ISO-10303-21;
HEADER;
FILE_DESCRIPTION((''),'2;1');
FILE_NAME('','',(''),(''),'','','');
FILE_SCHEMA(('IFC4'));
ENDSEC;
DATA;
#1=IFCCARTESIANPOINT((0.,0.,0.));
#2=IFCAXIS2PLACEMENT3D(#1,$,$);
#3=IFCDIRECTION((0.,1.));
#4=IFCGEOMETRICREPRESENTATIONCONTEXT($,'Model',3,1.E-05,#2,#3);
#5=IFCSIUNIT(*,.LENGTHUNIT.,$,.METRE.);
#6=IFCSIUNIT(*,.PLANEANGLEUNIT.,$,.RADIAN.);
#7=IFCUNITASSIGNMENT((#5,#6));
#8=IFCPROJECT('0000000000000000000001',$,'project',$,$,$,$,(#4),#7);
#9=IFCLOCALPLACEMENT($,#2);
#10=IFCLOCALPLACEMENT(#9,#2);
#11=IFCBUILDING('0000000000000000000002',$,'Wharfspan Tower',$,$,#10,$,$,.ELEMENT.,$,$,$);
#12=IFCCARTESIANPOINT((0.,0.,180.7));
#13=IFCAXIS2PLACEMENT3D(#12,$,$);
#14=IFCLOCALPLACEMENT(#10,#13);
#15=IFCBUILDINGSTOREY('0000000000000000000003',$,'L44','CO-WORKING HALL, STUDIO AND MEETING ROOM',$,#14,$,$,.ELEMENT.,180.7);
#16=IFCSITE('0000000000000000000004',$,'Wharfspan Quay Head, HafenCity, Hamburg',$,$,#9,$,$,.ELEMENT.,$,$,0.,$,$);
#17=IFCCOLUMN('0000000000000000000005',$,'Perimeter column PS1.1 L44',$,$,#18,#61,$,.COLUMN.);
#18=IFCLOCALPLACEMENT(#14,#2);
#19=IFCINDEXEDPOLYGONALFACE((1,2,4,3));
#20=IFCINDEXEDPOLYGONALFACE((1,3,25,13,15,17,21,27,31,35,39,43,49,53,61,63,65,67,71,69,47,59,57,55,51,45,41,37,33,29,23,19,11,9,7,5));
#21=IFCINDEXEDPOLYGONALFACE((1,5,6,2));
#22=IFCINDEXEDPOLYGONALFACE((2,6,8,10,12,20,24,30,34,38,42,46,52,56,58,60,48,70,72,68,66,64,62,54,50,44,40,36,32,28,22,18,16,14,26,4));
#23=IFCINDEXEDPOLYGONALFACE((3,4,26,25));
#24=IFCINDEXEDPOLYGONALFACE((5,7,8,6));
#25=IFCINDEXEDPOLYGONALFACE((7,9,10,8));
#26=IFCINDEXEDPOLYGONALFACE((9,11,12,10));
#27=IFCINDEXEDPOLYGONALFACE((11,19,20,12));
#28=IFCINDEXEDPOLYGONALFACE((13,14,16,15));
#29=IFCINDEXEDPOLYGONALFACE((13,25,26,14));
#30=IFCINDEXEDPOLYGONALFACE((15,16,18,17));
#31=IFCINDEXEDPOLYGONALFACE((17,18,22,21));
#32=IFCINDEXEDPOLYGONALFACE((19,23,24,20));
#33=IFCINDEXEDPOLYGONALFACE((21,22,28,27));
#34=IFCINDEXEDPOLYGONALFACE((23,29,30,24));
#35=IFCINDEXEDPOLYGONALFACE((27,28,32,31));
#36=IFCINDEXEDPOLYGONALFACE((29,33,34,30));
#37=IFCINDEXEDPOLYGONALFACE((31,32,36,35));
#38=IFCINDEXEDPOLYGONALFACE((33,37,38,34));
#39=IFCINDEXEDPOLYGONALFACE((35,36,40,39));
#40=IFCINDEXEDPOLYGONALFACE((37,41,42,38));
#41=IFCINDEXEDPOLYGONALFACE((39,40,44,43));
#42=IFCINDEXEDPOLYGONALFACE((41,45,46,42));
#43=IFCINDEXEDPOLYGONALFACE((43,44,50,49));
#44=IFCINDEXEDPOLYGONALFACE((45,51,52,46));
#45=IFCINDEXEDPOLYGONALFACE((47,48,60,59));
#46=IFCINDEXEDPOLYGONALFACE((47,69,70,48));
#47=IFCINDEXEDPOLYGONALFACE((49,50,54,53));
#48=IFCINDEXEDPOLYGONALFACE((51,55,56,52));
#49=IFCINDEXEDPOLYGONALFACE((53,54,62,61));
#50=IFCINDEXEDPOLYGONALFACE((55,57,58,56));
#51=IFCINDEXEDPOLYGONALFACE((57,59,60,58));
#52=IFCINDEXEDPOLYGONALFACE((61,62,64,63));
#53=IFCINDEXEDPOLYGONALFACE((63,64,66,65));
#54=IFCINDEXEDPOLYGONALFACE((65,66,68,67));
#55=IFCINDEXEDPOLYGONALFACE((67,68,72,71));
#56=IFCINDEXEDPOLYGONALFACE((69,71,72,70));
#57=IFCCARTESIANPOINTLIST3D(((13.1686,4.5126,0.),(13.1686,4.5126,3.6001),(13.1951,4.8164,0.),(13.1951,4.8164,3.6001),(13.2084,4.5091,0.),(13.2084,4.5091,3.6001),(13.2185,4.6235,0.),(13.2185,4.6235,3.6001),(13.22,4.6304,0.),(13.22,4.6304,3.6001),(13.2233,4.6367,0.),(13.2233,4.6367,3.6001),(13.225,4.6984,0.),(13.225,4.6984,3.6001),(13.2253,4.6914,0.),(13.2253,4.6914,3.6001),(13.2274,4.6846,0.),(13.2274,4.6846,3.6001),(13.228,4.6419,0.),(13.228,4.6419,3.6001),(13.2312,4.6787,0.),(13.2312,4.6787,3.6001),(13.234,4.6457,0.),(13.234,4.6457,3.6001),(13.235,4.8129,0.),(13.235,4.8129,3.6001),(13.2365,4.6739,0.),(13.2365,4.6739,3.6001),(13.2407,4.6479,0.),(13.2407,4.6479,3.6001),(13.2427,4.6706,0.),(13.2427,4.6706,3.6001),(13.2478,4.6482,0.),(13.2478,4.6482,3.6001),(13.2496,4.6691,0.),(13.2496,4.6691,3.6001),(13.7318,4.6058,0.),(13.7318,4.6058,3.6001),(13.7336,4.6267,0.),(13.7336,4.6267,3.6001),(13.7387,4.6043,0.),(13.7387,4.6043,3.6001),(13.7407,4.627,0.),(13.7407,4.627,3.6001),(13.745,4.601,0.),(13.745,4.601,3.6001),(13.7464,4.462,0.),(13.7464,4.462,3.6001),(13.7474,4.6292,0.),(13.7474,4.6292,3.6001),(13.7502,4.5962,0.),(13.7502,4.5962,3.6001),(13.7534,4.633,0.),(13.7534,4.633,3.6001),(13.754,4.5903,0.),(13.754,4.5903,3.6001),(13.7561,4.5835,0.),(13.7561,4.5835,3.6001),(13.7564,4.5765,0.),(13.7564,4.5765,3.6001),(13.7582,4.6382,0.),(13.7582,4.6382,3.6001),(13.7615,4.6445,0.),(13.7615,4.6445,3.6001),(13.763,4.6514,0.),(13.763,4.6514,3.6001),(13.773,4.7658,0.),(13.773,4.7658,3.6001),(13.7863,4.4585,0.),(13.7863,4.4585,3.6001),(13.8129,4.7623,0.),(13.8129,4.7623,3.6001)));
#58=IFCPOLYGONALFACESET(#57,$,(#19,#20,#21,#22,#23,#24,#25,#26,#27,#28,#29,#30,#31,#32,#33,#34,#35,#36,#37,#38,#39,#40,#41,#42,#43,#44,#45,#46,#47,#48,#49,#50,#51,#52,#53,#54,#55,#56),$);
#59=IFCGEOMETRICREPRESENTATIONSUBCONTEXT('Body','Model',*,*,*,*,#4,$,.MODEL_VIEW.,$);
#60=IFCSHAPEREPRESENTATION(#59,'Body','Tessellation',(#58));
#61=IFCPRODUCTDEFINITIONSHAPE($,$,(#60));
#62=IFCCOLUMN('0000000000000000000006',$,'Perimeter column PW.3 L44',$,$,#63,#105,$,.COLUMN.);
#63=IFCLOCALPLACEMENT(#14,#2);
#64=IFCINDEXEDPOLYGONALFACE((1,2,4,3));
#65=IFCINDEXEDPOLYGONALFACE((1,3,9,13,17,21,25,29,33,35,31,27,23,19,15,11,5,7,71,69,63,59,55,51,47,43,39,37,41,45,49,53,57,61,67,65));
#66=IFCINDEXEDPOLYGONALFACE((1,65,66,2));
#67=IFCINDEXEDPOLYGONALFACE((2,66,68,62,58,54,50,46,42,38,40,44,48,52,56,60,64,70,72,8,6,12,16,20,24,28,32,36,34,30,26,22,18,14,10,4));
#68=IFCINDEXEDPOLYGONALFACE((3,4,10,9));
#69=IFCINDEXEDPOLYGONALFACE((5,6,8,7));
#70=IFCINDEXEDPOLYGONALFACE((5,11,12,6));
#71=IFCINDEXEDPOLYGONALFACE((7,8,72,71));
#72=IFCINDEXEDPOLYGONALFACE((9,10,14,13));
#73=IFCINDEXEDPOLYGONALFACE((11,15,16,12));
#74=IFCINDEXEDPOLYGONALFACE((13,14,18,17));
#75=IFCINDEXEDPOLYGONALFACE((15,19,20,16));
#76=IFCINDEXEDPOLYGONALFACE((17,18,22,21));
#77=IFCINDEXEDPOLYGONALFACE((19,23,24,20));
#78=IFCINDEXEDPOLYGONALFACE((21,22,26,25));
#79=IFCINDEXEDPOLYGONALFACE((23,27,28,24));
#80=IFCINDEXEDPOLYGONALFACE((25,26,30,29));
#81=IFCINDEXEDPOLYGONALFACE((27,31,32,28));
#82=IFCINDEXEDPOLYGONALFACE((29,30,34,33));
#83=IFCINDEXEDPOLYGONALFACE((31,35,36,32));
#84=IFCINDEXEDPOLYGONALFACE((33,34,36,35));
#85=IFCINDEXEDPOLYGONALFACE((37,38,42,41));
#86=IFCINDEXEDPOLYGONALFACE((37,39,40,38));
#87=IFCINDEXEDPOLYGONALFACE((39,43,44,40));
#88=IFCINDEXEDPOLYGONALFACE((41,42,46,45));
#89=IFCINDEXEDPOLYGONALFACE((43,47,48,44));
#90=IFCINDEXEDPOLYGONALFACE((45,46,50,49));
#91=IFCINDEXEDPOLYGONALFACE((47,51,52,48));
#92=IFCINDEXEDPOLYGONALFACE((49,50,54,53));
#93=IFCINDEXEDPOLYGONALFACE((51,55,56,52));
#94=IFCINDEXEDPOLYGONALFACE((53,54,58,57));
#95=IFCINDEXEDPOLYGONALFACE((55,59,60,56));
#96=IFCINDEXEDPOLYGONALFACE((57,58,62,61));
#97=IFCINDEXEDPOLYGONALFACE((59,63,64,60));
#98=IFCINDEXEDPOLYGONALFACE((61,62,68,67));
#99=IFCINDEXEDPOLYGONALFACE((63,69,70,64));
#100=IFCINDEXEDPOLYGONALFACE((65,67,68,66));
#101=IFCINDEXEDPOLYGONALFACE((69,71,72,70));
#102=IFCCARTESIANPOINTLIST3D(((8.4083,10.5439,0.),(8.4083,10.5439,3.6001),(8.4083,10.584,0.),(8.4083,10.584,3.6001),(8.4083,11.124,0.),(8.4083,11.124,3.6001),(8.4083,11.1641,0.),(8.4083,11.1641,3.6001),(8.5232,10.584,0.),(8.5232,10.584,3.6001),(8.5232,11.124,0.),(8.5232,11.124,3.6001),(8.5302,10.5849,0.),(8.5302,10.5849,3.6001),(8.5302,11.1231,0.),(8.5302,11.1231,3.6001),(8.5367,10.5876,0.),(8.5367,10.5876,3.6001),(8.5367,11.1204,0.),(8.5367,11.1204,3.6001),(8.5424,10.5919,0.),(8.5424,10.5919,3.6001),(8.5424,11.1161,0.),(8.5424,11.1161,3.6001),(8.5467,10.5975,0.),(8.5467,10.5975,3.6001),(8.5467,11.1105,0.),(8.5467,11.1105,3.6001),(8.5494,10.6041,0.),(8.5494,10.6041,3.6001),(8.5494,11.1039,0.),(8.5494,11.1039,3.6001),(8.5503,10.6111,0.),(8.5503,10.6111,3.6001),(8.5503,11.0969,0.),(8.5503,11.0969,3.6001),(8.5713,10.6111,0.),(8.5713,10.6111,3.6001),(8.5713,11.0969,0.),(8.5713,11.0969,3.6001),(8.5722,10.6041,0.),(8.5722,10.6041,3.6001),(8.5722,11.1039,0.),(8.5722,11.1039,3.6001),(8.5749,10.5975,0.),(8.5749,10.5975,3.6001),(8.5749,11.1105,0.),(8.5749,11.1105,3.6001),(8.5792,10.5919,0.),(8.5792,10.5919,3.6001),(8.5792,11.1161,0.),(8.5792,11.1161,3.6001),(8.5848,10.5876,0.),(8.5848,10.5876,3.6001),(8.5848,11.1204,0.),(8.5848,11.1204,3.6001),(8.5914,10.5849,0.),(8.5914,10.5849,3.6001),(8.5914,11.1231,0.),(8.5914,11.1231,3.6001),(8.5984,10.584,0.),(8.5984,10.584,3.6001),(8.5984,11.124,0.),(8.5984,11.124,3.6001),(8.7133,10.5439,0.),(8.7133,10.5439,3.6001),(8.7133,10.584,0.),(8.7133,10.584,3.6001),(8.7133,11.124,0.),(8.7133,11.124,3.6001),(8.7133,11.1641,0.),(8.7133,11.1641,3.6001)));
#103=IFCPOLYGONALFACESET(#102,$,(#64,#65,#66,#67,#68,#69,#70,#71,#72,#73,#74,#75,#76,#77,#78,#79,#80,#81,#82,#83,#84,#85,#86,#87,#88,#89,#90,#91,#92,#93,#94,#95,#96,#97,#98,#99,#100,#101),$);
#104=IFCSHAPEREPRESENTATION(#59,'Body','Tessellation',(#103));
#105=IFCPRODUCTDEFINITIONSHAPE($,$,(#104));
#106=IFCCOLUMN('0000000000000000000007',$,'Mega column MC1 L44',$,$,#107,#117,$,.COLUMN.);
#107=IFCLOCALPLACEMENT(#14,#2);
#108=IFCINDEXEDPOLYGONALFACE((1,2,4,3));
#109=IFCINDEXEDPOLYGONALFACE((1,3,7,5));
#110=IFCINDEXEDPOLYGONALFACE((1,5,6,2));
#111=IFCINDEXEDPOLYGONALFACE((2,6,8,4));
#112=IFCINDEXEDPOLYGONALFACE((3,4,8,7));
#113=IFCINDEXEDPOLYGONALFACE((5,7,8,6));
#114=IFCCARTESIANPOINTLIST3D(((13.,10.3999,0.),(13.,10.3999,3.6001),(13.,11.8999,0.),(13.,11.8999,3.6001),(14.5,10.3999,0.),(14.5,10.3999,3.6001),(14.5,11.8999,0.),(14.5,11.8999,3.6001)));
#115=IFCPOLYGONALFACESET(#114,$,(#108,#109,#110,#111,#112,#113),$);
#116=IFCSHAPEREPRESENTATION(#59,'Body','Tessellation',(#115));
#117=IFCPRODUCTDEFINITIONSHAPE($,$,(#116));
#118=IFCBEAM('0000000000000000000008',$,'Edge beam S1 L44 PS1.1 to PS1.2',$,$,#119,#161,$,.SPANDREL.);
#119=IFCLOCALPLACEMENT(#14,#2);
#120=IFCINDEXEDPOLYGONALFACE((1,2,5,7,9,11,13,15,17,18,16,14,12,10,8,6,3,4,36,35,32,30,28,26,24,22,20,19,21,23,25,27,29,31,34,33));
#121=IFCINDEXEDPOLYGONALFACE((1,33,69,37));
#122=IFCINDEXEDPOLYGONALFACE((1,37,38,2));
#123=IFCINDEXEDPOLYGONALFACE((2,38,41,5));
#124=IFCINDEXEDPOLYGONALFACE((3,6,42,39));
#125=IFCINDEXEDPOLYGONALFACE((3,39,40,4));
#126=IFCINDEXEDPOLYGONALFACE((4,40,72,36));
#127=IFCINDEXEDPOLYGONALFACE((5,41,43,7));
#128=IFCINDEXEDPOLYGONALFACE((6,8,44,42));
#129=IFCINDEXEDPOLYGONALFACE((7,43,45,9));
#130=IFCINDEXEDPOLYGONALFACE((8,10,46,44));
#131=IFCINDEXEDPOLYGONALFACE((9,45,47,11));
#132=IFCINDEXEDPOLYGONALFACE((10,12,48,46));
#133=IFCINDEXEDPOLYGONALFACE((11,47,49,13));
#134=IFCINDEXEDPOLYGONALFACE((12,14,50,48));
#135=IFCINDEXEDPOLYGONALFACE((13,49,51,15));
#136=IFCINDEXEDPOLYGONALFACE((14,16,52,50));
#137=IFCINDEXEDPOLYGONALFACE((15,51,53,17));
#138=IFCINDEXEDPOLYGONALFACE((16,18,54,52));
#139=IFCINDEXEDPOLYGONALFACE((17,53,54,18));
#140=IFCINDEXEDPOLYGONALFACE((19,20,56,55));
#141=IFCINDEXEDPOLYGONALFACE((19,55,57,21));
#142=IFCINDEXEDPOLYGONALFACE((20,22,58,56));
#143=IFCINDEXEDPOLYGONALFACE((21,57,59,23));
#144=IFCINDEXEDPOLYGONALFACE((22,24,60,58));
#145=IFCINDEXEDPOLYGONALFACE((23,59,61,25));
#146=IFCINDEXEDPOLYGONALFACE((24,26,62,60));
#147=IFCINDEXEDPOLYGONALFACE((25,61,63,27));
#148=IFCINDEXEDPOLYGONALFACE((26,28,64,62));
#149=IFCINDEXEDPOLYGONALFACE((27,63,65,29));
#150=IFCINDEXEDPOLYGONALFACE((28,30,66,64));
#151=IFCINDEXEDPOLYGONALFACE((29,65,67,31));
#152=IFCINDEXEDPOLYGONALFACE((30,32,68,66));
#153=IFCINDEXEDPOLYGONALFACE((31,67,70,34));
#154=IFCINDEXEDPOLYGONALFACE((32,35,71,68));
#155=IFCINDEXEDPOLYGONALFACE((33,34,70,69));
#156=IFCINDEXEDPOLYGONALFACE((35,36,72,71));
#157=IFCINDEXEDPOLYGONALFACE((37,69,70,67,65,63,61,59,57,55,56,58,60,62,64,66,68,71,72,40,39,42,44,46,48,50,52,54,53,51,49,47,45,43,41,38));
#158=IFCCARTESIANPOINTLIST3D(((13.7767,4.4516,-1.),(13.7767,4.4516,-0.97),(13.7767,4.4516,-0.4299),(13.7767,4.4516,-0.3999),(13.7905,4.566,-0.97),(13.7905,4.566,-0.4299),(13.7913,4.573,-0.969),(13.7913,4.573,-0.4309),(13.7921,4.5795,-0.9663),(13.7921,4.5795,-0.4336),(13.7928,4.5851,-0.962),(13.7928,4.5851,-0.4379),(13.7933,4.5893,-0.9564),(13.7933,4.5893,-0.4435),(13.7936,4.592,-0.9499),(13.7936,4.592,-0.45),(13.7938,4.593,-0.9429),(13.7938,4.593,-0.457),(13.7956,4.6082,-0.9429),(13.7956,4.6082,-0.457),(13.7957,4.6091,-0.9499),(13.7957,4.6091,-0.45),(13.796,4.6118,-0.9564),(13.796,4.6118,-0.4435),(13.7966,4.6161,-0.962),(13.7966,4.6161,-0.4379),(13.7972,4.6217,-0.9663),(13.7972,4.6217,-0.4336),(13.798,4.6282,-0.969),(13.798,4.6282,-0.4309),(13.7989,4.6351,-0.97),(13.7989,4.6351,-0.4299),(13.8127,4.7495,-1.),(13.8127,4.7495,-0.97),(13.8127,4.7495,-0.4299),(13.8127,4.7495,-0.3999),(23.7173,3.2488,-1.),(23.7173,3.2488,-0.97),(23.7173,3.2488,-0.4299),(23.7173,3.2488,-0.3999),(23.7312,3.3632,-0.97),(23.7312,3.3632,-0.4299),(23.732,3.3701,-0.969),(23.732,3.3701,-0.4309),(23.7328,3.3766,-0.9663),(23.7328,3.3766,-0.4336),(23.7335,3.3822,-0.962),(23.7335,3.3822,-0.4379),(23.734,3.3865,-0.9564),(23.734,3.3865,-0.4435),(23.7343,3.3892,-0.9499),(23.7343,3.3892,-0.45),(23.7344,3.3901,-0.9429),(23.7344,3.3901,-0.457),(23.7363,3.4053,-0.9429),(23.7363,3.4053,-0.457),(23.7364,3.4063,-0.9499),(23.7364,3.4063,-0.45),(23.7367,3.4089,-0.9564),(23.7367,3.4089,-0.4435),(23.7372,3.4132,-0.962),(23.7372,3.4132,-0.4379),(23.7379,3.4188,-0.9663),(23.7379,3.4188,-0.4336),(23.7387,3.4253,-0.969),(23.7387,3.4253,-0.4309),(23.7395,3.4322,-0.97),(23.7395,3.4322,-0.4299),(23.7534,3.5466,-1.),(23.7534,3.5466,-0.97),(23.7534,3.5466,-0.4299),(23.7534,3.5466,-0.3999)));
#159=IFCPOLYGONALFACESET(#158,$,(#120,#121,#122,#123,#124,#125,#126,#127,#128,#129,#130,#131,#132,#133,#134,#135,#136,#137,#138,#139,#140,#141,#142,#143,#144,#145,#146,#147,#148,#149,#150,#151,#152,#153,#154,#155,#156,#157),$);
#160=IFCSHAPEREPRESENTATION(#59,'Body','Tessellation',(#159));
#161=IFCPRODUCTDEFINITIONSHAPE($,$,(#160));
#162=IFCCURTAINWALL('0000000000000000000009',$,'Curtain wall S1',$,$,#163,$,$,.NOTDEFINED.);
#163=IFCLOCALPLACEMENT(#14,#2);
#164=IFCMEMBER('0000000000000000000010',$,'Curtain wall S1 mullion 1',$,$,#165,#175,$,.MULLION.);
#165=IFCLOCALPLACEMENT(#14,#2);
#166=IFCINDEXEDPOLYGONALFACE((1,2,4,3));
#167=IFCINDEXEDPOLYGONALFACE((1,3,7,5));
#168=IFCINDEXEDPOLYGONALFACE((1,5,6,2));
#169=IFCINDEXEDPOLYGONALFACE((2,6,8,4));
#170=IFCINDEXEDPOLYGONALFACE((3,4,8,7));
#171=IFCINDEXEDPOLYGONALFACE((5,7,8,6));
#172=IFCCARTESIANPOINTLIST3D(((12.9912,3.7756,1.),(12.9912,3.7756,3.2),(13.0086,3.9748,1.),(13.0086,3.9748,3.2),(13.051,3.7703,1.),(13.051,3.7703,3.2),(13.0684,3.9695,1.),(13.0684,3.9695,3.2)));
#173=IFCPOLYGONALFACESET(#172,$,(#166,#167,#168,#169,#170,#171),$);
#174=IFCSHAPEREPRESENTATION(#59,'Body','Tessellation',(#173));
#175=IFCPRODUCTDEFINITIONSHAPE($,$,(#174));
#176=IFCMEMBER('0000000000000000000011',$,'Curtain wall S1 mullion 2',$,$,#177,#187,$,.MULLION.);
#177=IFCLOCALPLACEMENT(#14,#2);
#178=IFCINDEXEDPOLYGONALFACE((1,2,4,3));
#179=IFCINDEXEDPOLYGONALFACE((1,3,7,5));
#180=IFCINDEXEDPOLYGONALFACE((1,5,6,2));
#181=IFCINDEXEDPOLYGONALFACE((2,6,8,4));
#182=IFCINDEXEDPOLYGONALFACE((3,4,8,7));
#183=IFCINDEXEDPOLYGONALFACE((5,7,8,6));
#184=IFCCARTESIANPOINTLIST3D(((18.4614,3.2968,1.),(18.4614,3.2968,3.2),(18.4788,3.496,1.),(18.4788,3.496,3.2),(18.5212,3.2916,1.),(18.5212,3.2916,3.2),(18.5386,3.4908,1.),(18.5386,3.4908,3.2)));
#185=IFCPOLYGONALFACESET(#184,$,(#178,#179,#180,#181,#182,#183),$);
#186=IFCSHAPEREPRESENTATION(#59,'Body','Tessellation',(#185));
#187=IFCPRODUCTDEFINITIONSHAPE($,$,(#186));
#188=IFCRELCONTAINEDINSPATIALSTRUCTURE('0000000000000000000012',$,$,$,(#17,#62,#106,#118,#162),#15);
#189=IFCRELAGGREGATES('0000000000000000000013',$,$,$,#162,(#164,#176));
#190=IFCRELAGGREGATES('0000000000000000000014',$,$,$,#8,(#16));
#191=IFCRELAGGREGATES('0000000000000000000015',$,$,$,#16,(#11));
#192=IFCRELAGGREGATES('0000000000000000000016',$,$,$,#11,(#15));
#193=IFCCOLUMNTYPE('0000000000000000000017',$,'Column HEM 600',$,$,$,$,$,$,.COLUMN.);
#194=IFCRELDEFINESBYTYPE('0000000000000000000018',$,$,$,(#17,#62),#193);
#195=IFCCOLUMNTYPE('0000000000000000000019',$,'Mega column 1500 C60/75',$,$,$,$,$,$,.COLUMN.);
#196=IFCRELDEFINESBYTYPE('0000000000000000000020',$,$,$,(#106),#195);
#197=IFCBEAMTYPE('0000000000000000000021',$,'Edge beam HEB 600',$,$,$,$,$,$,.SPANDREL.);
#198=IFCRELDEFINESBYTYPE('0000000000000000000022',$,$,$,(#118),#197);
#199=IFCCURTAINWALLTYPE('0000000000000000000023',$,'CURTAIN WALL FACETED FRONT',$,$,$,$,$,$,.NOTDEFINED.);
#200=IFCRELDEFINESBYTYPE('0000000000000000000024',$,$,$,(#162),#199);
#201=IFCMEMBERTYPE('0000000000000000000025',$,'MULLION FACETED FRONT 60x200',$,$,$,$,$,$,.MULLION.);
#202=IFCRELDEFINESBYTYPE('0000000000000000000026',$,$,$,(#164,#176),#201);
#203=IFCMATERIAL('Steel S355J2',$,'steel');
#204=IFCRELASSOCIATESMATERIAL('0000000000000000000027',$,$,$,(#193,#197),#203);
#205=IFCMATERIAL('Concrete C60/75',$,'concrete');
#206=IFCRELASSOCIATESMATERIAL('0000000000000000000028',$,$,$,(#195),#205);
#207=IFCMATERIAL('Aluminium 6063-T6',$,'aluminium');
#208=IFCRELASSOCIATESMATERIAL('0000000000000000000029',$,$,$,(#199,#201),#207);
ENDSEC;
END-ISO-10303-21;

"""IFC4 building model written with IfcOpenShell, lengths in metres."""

from ifc_helpers import new_model, si_unit, direction, frame, origin, origin_2d, place, context, subcontext, project, spatial, rectangle, i_section, extrude, material, material_profile, profile_set, type_object, element, aggregate, save


model = new_model("IFC4")

# Units and contexts
model_context = context("Model", 3, precision=1e-05, world=origin(), true_north=direction((0.0, 1.0)))
body_context = subcontext(model_context, "Body", "Model", "MODEL_VIEW")
ifc_project = project(units=[si_unit("LENGTHUNIT", "METRE"), si_unit("PLANEANGLEUNIT", "RADIAN")], contexts=[model_context])

# Site, building, storey
site_placement = place(None, origin())
site = spatial("IfcSite", under=ifc_project, at=site_placement, Name="Wharfspan Quay Head, HafenCity, Hamburg", CompositionType="ELEMENT", RefElevation=0.0)
building_placement = place(site_placement, origin())
building = spatial("IfcBuilding", under=site, at=building_placement, Name="Wharfspan Tower", CompositionType="ELEMENT")
storey_placement = place(building_placement, frame((0.0, 0.0, 180.7)))
storey = spatial("IfcBuildingStorey", under=building, at=storey_placement, Name="L44", Description="CO-WORKING HALL, STUDIO AND MEETING ROOM", CompositionType="ELEMENT", Elevation=180.7)

# Columns
ifc_material_1 = material(Name="Steel S355J2", Category="steel")
ifc_material_profile_1 = material_profile(ifc_material_1, i_section(OverallWidth=0.3049, OverallDepth=0.6201, WebThickness=0.021, FlangeThickness=0.04, FilletRadius=0.0271, at=origin_2d()))
ifc_profile_set_1 = profile_set([ifc_material_profile_1], Name="Steel S355J2")
column_type_1 = type_object("IfcColumnType", Name="Column HEM 600", PredefinedType="COLUMN", material=ifc_profile_set_1)
for number, where, z_axis, x_axis, name in (
    (1, (13.4907, 4.6375, 0.0), (0.0, 0.0, 1.0), (-0.087156, -0.996198, 0.0), "Perimeter column PS1.1 L44"),
    (2, (8.5608, 10.854, 0.0), (0.0, 0.0, 1.0), (-1.0, 0.0, 0.0), "Perimeter column PW.3 L44"),
):
    element("IfcColumn", number, at=place(storey_placement, frame(where, z_axis=z_axis, x_axis=x_axis)), inside=storey, type_object=column_type_1, Name=name, PredefinedType="COLUMN", context=body_context, shape_type="SweptSolid", body=[
        extrude(i_section(OverallWidth=0.3049, OverallDepth=0.6201, WebThickness=0.021, FlangeThickness=0.04, FilletRadius=0.0271, at=origin_2d()), origin(), (0.0, 0.0, 1.0), 3.6001),
    ])
ifc_material_2 = material(Name="Concrete C60/75", Category="concrete")
ifc_material_profile_2 = material_profile(ifc_material_2, rectangle(XDim=1.5, YDim=1.5, at=origin_2d()))
ifc_profile_set_2 = profile_set([ifc_material_profile_2], Name="Concrete C60/75")
column_type_2 = type_object("IfcColumnType", Name="Mega column 1500 C60/75", PredefinedType="COLUMN", material=ifc_profile_set_2)
column_placement = place(storey_placement, frame((13.75, 11.1499, 0.0), z_axis=(0.0, 0.0, 1.0), x_axis=(1.0, 0.0, 0.0)))
element("IfcColumn", 3, at=column_placement, inside=storey, type_object=column_type_2, Name="Mega column MC1 L44", PredefinedType="COLUMN", context=body_context, shape_type="SweptSolid", body=[
    extrude(rectangle(XDim=1.5, YDim=1.5, at=origin_2d()), origin(), (0.0, 0.0, 1.0), 3.6001),
])

# Beam
ifc_material_profile_3 = material_profile(ifc_material_1, i_section(OverallWidth=0.3, OverallDepth=0.6001, WebThickness=0.0154, FlangeThickness=0.03, FilletRadius=0.0271, at=origin_2d()))
ifc_profile_set_3 = profile_set([ifc_material_profile_3], Name="Steel S355J2")
beam_type = type_object("IfcBeamType", Name="Edge beam HEB 600", PredefinedType="SPANDREL", material=ifc_profile_set_3)
beam_placement = place(storey_placement, frame((13.7947, 4.6006, -0.7), z_axis=(0.992758, -0.12013, 0.0), x_axis=(0.12013, 0.992758, 0.0)))
element("IfcBeam", 4, at=beam_placement, inside=storey, type_object=beam_type, Name="Edge beam S1 L44 PS1.1 to PS1.2", PredefinedType="SPANDREL", context=body_context, shape_type="SweptSolid", body=[
    extrude(i_section(OverallWidth=0.3, OverallDepth=0.6001, WebThickness=0.0154, FlangeThickness=0.03, FilletRadius=0.0271, at=origin_2d()), origin(), (0.0, 0.0, 1.0), 10.0132),
])

# Curtain wall, members
ifc_material_3 = material(Name="Aluminium 6063-T6", Category="aluminium")
curtain_wall_type_1 = type_object("IfcCurtainWallType", Name="CURTAIN WALL FACETED FRONT", PredefinedType="NOTDEFINED", material=ifc_material_3)
curtain_wall_1_placement = place(storey_placement, origin())
curtain_wall_1 = element("IfcCurtainWall", 5, at=curtain_wall_1_placement, inside=storey, type_object=curtain_wall_type_1, Name="Curtain wall S1", PredefinedType="NOTDEFINED")
ifc_material_profile_4 = material_profile(ifc_material_3, rectangle(XDim=0.2, YDim=0.0601, at=origin_2d()))
ifc_profile_set_4 = profile_set([ifc_material_profile_4], Name="Aluminium 6063-T6")
member_type_1 = type_object("IfcMemberType", Name="MULLION FACETED FRONT 60x200", PredefinedType="MULLION", material=ifc_profile_set_4)
member_1_placement = place(storey_placement, frame((13.0298, 3.8726, 1.0), z_axis=(0.0, 0.0, 1.0), x_axis=(0.087156, 0.996198, 0.0)))
member_1 = element("IfcMember", 6, at=member_1_placement, type_object=member_type_1, Name="Curtain wall S1 mullion 1", PredefinedType="MULLION", context=body_context, shape_type="SweptSolid", body=[
    extrude(rectangle(XDim=0.2, YDim=0.0601, at=origin_2d()), origin(), (0.0, 0.0, 1.0), 2.2),
])
member_2_placement = place(storey_placement, frame((18.5, 3.3938, 1.0), z_axis=(0.0, 0.0, 1.0), x_axis=(0.087156, 0.996198, 0.0)))
member_2 = element("IfcMember", 7, at=member_2_placement, type_object=member_type_1, Name="Curtain wall S1 mullion 2", PredefinedType="MULLION", context=body_context, shape_type="SweptSolid", body=[
    extrude(rectangle(XDim=0.2, YDim=0.0601, at=origin_2d()), origin(), (0.0, 0.0, 1.0), 2.2),
])

aggregate(curtain_wall_1, [member_1, member_2])

save(model, "model.ifc")
